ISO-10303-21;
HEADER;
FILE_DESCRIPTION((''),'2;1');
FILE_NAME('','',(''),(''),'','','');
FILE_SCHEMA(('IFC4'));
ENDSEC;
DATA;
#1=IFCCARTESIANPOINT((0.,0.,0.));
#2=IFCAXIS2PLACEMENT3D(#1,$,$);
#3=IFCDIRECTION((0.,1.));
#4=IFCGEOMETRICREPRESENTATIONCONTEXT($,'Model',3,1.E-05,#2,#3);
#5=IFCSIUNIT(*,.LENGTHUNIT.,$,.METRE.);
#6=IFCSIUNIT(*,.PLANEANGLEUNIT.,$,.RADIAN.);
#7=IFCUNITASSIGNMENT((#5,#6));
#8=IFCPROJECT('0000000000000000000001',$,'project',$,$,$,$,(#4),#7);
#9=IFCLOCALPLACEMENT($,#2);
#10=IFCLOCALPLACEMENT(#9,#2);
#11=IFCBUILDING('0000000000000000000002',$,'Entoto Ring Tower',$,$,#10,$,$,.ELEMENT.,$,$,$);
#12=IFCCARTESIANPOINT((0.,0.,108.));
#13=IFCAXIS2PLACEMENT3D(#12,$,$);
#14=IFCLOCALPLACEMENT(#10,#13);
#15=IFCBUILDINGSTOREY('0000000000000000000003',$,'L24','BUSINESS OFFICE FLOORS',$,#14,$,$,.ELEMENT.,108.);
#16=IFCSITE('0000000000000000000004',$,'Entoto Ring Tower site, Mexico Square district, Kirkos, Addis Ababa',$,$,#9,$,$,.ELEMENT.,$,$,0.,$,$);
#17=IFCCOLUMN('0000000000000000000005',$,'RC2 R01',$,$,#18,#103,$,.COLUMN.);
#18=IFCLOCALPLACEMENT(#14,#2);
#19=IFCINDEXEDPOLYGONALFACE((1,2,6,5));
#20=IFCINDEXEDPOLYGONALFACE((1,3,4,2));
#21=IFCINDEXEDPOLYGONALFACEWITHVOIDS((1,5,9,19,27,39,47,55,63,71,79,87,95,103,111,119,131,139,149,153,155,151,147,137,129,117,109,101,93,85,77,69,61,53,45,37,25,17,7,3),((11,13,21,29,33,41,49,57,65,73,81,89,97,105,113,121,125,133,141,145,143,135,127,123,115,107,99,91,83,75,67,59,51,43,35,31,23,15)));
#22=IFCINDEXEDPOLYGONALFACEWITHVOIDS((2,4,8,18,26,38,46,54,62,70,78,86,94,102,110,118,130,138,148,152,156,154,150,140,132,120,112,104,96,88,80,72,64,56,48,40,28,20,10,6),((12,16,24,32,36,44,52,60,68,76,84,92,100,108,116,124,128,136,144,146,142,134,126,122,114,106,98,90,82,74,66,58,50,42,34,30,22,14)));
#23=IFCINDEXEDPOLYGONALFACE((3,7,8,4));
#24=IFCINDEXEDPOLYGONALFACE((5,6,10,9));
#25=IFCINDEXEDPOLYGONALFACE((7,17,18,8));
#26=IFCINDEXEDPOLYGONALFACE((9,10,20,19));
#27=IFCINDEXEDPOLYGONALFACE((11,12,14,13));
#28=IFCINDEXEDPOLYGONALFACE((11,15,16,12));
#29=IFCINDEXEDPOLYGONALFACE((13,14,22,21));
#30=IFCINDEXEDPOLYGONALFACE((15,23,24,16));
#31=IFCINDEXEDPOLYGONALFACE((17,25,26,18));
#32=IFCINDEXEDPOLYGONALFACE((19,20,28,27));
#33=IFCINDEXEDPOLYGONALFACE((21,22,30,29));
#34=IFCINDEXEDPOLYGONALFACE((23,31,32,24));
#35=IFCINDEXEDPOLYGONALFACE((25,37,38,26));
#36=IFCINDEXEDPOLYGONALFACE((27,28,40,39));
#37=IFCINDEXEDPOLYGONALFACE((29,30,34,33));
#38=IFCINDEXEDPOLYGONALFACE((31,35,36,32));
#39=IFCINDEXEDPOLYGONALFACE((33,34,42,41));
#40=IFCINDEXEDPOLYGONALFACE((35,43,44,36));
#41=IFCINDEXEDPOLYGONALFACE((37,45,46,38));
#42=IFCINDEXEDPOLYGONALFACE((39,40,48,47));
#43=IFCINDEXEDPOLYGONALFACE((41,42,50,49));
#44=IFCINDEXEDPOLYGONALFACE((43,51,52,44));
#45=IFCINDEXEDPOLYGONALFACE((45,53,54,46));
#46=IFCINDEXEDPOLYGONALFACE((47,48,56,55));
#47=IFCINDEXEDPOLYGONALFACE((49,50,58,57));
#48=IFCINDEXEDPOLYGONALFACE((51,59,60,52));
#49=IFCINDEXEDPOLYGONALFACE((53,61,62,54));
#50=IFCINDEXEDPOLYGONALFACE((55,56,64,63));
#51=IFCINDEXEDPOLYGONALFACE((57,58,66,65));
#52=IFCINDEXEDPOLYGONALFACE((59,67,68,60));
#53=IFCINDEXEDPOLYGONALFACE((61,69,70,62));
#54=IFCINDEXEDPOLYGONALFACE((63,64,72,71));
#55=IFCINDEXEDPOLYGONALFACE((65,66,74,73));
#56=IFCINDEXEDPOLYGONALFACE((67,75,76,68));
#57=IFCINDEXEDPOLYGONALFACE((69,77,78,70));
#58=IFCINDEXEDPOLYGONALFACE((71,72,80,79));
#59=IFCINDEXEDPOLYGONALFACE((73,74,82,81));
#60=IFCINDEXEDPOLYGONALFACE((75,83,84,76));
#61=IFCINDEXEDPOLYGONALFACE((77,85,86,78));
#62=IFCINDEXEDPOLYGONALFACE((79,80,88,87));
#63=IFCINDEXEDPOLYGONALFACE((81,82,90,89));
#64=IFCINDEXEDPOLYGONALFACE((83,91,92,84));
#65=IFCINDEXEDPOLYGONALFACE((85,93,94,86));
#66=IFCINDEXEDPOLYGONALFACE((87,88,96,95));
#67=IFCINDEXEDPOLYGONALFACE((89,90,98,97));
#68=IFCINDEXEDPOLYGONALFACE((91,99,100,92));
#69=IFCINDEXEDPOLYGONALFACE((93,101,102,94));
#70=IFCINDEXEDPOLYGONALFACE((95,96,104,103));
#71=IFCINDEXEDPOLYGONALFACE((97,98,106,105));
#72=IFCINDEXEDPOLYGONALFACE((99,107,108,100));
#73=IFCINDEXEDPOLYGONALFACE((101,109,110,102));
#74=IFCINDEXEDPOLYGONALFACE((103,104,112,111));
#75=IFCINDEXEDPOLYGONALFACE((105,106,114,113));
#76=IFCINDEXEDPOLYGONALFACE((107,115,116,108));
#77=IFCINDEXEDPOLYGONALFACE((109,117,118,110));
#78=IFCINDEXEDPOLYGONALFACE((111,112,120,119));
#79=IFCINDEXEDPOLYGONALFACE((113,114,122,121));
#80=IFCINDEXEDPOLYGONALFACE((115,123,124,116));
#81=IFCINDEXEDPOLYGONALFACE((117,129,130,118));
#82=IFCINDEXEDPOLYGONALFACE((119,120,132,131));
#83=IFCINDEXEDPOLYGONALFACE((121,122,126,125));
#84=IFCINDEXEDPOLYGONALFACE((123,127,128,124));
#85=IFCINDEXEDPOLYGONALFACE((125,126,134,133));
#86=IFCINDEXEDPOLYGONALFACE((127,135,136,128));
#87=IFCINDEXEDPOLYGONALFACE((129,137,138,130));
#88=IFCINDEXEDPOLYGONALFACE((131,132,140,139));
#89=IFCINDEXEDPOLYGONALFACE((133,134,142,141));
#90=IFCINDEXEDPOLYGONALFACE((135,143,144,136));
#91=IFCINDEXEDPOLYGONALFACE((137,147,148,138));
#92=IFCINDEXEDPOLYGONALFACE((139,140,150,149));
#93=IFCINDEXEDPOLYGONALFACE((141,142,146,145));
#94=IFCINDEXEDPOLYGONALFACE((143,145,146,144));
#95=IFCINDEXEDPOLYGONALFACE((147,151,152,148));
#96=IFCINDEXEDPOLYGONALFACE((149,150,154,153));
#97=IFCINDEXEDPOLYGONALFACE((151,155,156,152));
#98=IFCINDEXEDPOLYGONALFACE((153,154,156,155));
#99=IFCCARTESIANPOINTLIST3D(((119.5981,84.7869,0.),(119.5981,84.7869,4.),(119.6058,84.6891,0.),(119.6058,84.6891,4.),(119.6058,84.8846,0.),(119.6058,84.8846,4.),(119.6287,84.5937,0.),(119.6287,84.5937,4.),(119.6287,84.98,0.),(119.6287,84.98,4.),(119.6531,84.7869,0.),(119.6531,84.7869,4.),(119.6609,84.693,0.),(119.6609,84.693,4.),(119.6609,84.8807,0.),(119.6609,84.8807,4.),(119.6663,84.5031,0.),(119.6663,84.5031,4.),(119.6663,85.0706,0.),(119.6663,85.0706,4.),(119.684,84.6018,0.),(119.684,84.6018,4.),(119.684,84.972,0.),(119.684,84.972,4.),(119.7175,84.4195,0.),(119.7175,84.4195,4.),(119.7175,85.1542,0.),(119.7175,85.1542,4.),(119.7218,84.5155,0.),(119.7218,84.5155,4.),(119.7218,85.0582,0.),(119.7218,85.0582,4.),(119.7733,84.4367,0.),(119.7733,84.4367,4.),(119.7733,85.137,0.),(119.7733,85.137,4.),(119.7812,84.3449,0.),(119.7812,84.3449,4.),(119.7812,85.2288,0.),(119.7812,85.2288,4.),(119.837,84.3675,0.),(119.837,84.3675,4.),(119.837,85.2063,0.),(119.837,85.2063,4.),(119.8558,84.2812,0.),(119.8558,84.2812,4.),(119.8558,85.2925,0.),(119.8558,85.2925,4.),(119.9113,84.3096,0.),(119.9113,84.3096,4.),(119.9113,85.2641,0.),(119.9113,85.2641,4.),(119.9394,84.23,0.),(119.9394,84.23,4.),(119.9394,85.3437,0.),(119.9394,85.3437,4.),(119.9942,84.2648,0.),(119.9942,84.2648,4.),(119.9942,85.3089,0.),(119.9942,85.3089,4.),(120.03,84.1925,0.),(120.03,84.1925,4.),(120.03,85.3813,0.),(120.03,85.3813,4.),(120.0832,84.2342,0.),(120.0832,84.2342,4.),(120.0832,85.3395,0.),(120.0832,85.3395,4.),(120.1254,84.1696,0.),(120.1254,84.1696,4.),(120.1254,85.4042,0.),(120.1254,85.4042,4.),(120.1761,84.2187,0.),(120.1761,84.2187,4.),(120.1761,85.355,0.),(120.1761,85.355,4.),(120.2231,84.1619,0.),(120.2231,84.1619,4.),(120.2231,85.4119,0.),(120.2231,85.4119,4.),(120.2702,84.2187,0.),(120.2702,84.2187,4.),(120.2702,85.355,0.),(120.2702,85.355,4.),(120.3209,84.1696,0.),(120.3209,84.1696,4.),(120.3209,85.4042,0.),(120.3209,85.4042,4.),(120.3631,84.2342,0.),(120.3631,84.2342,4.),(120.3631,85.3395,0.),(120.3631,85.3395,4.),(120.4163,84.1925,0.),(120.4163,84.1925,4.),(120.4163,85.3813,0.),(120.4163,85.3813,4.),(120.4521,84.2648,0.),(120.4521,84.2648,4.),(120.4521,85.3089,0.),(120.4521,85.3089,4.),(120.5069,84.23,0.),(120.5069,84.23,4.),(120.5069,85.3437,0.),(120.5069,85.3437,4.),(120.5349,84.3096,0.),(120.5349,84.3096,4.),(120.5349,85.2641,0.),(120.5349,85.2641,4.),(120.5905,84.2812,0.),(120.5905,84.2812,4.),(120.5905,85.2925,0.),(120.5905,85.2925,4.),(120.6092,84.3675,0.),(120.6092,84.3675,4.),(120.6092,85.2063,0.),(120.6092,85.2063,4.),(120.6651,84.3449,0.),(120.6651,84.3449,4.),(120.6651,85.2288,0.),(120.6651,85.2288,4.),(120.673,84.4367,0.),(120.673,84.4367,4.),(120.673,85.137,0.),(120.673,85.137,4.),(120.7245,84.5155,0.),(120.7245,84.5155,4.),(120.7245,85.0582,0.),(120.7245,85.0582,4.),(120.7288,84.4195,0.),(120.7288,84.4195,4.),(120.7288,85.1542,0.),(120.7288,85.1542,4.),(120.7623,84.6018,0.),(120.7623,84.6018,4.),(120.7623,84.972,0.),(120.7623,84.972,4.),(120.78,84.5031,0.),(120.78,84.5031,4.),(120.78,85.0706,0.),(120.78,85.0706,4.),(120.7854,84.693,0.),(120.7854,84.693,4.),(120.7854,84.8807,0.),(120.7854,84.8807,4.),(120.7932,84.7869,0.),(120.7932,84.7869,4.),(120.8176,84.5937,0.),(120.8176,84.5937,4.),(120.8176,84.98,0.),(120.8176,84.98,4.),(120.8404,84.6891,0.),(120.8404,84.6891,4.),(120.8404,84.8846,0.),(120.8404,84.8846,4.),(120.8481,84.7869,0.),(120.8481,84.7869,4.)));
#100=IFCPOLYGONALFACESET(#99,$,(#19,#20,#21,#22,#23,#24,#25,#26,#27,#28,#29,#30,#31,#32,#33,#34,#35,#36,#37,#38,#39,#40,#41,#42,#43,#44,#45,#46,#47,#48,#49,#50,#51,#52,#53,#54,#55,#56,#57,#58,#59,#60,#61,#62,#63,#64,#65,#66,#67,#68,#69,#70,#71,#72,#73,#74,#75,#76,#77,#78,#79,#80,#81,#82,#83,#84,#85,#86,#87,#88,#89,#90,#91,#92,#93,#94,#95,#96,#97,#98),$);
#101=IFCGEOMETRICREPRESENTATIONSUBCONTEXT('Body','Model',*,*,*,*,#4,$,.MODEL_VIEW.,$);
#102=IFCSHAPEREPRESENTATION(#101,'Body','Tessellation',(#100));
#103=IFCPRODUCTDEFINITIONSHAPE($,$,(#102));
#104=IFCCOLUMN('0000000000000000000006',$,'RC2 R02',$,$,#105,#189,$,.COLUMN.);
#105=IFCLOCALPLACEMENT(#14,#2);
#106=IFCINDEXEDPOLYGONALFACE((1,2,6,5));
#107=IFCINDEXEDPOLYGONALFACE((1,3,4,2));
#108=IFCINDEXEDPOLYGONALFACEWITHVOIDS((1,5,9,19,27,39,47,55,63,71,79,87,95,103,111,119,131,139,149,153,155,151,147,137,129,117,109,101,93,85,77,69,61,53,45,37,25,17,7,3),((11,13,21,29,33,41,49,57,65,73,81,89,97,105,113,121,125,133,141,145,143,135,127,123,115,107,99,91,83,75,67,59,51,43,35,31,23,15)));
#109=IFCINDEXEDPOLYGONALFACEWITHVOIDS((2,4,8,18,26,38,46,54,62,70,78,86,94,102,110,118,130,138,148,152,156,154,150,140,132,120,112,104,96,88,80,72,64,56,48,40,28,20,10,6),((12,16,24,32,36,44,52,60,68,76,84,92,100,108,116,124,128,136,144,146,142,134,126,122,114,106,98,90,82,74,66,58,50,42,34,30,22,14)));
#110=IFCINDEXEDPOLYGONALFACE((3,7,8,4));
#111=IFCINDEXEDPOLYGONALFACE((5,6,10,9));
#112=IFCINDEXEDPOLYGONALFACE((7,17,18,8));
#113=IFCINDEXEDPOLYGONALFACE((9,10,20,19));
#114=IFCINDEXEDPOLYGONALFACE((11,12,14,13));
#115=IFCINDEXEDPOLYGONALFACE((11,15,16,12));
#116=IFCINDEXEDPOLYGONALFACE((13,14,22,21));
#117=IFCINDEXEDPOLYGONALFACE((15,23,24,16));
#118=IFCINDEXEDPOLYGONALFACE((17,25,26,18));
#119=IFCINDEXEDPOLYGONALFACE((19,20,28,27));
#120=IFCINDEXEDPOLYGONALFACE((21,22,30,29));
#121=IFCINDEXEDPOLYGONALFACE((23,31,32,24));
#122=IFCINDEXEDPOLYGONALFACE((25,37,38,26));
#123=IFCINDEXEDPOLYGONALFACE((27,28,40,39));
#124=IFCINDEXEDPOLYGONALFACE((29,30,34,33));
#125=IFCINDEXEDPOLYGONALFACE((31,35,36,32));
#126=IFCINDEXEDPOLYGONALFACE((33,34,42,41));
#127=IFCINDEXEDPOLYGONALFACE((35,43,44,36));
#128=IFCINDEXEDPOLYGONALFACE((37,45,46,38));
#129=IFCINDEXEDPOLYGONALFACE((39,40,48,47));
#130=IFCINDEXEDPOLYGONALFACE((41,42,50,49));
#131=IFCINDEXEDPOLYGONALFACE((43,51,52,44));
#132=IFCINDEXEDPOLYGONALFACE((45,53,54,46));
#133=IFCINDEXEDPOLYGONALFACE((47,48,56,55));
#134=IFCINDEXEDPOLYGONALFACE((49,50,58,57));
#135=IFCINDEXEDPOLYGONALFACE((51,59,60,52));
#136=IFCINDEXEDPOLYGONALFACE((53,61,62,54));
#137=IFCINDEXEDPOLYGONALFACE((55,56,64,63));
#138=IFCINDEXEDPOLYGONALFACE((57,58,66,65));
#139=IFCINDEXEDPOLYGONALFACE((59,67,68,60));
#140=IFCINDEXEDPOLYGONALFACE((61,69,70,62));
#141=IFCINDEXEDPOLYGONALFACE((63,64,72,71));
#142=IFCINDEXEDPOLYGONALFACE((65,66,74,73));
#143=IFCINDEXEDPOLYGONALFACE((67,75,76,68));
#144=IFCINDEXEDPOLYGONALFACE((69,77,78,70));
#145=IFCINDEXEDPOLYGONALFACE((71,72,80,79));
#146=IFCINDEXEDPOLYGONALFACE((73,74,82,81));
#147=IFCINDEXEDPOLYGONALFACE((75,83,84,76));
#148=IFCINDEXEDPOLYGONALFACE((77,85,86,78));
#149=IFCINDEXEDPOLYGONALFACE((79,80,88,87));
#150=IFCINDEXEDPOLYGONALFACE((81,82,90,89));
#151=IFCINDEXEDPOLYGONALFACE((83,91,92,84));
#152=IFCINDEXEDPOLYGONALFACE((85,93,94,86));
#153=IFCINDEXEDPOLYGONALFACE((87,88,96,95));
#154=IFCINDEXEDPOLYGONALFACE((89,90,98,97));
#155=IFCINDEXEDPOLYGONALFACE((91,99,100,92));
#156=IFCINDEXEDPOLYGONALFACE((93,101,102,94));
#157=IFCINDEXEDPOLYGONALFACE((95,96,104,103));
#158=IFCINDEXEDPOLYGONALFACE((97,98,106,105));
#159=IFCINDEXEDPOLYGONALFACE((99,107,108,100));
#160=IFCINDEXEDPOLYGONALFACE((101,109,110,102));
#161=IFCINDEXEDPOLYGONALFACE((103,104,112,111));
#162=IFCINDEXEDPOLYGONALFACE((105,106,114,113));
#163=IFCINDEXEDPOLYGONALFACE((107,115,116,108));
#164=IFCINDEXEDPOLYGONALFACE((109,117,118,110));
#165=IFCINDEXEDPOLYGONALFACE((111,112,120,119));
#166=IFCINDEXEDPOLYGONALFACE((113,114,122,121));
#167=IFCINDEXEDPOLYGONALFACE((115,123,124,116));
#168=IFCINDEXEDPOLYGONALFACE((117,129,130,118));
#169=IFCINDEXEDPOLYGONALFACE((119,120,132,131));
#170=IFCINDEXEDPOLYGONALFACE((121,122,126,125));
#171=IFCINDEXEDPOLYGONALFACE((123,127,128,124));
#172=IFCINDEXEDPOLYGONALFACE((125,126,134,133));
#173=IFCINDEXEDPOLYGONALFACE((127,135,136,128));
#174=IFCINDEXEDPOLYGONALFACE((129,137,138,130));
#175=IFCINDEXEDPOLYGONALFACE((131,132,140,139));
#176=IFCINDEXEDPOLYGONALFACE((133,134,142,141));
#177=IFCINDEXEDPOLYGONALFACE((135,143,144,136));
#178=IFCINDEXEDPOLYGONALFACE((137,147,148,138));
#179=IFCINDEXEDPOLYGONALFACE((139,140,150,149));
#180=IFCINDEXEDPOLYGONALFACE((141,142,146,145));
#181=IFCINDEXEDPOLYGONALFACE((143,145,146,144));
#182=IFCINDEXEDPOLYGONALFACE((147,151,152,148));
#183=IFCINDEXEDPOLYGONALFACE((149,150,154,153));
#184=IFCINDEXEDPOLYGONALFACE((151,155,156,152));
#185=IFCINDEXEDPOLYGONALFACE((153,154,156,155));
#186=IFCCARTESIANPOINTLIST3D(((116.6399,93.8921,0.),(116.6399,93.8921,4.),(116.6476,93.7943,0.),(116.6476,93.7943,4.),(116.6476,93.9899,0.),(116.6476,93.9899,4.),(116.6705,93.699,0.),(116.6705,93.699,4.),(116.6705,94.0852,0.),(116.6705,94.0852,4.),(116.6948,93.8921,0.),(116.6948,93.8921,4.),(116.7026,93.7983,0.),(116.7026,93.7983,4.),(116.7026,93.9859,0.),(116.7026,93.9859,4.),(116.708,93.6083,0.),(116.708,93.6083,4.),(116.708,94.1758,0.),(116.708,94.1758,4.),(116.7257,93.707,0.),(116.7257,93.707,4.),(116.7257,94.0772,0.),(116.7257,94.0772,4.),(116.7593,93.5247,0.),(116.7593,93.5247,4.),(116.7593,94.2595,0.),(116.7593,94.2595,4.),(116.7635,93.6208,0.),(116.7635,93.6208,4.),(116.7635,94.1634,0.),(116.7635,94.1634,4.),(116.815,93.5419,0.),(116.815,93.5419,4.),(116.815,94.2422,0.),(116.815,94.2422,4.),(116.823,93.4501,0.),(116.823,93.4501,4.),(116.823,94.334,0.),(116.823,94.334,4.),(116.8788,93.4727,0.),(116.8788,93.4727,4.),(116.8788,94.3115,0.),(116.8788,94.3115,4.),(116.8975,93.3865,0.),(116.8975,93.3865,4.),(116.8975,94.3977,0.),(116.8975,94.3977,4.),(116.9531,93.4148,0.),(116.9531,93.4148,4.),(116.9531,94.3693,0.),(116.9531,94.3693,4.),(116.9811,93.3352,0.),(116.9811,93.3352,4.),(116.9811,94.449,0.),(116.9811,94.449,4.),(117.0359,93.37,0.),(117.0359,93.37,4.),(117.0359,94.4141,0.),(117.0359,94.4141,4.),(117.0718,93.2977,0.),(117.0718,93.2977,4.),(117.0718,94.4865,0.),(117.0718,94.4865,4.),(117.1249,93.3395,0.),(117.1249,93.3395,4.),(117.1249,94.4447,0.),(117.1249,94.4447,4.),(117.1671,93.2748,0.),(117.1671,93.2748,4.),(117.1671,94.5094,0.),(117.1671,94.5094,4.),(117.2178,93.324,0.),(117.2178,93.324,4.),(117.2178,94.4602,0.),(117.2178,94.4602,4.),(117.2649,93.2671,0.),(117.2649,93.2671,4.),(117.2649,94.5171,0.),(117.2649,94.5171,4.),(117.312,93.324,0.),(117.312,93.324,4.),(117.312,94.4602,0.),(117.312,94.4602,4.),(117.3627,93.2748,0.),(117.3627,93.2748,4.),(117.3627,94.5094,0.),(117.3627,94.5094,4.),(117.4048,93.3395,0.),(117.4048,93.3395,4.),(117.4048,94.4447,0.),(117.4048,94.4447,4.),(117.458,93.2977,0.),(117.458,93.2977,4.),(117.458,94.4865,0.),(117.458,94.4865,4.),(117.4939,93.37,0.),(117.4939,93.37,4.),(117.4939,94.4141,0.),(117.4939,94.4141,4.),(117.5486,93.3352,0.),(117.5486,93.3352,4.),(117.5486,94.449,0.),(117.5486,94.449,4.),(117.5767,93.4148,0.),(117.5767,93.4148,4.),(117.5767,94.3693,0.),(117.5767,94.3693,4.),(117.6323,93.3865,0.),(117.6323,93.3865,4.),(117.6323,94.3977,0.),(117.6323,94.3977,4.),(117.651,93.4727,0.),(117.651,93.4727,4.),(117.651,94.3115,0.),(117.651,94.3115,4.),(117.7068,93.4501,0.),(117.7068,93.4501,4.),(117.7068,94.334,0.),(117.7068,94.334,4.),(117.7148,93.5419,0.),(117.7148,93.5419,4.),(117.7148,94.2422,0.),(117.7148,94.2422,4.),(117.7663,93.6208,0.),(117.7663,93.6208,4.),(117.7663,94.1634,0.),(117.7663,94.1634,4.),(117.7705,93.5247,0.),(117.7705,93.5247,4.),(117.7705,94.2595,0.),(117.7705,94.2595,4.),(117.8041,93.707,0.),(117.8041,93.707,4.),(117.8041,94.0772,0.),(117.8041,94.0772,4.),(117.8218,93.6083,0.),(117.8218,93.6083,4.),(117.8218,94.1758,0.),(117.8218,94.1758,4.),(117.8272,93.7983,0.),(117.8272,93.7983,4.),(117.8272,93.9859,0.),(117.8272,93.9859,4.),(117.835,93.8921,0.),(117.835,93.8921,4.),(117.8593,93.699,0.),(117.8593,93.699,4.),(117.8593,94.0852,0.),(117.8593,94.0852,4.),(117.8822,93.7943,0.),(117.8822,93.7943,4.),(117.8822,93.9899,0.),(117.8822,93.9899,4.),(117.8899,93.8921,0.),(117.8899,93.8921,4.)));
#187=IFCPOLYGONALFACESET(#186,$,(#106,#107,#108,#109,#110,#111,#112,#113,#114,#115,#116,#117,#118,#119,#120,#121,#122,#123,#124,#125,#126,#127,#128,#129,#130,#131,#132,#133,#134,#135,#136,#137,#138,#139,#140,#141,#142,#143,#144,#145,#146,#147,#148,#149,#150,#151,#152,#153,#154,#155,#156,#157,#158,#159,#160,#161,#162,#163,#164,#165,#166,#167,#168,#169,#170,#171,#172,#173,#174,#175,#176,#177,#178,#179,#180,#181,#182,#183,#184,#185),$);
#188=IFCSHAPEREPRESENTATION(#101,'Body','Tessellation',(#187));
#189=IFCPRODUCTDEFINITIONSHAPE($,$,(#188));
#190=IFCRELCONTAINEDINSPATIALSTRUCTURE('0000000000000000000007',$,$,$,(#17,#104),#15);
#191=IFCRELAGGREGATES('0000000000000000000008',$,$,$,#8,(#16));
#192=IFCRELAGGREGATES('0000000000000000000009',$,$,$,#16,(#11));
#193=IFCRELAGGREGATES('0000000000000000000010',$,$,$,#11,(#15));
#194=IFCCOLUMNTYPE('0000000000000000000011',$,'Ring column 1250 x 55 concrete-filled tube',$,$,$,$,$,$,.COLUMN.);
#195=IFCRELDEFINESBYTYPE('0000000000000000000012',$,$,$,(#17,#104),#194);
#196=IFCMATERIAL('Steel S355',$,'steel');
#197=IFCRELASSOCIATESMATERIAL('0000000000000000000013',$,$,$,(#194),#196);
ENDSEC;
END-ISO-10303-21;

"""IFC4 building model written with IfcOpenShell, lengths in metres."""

from ifc_helpers import new_model, si_unit, direction, frame, origin, origin_2d, place, context, subcontext, project, spatial, circle, hollow_circle, extrude, material, material_profile, profile_set, type_object, element, save


model = new_model("IFC4")

# Units and contexts
model_context = context("Model", 3, precision=1e-05, world=origin(), true_north=direction((0.0, 1.0)))
body_context = subcontext(model_context, "Body", "Model", "MODEL_VIEW")
ifc_project = project(units=[si_unit("LENGTHUNIT", "METRE"), si_unit("PLANEANGLEUNIT", "RADIAN")], contexts=[model_context])

# Site, building, storey
site_placement = place(None, origin())
site = spatial("IfcSite", under=ifc_project, at=site_placement, Name="Entoto Ring Tower site, Mexico Square district, Kirkos, Addis Ababa", CompositionType="ELEMENT", RefElevation=0.0)
building_placement = place(site_placement, origin())
building = spatial("IfcBuilding", under=site, at=building_placement, Name="Entoto Ring Tower", CompositionType="ELEMENT")
storey_placement = place(building_placement, frame((0.0, 0.0, 108.0)))
storey = spatial("IfcBuildingStorey", under=building, at=storey_placement, Name="L24", Description="BUSINESS OFFICE FLOORS", CompositionType="ELEMENT", Elevation=108.0)

# Columns
ifc_material_1 = material(Name="Steel S355", Category="steel")
ifc_material_profile_1 = material_profile(ifc_material_1, hollow_circle(Radius=0.625, WallThickness=0.0549, at=origin_2d()), Name="CHS 1250 x 55")
ifc_material_2 = material(Name="Concrete C60/75", Category="concrete")
ifc_material_profile_2 = material_profile(ifc_material_2, circle(Radius=0.5701, at=origin_2d()), Name="Concrete C60/75 infill")
ifc_profile_set_1 = profile_set([ifc_material_profile_1, ifc_material_profile_2], Name="Steel S355")
column_type = type_object("IfcColumnType", Name="Ring column 1250 x 55 concrete-filled tube", PredefinedType="COLUMN", material=ifc_profile_set_1)
for number, where, z_axis, x_axis, name in (
    (1, (120.2231, 84.7869, 0.0), (0.0, 0.0, 1.0), (1.0, 0.0, 0.0), "RC2 R01"),
    (2, (117.2649, 93.8921, 0.0), (0.0, 0.0, 1.0), (1.0, 0.0, 0.0), "RC2 R02"),
):
    element("IfcColumn", number, at=place(storey_placement, frame(where, z_axis=z_axis, x_axis=x_axis)), inside=storey, type_object=column_type, Name=name, PredefinedType="COLUMN", context=body_context, shape_type="SweptSolid", body=[
        extrude(hollow_circle(Radius=0.625, WallThickness=0.0549, at=origin_2d()), origin(), (0.0, 0.0, 1.0), 4.0),
    ])

save(model, "model.ifc")
